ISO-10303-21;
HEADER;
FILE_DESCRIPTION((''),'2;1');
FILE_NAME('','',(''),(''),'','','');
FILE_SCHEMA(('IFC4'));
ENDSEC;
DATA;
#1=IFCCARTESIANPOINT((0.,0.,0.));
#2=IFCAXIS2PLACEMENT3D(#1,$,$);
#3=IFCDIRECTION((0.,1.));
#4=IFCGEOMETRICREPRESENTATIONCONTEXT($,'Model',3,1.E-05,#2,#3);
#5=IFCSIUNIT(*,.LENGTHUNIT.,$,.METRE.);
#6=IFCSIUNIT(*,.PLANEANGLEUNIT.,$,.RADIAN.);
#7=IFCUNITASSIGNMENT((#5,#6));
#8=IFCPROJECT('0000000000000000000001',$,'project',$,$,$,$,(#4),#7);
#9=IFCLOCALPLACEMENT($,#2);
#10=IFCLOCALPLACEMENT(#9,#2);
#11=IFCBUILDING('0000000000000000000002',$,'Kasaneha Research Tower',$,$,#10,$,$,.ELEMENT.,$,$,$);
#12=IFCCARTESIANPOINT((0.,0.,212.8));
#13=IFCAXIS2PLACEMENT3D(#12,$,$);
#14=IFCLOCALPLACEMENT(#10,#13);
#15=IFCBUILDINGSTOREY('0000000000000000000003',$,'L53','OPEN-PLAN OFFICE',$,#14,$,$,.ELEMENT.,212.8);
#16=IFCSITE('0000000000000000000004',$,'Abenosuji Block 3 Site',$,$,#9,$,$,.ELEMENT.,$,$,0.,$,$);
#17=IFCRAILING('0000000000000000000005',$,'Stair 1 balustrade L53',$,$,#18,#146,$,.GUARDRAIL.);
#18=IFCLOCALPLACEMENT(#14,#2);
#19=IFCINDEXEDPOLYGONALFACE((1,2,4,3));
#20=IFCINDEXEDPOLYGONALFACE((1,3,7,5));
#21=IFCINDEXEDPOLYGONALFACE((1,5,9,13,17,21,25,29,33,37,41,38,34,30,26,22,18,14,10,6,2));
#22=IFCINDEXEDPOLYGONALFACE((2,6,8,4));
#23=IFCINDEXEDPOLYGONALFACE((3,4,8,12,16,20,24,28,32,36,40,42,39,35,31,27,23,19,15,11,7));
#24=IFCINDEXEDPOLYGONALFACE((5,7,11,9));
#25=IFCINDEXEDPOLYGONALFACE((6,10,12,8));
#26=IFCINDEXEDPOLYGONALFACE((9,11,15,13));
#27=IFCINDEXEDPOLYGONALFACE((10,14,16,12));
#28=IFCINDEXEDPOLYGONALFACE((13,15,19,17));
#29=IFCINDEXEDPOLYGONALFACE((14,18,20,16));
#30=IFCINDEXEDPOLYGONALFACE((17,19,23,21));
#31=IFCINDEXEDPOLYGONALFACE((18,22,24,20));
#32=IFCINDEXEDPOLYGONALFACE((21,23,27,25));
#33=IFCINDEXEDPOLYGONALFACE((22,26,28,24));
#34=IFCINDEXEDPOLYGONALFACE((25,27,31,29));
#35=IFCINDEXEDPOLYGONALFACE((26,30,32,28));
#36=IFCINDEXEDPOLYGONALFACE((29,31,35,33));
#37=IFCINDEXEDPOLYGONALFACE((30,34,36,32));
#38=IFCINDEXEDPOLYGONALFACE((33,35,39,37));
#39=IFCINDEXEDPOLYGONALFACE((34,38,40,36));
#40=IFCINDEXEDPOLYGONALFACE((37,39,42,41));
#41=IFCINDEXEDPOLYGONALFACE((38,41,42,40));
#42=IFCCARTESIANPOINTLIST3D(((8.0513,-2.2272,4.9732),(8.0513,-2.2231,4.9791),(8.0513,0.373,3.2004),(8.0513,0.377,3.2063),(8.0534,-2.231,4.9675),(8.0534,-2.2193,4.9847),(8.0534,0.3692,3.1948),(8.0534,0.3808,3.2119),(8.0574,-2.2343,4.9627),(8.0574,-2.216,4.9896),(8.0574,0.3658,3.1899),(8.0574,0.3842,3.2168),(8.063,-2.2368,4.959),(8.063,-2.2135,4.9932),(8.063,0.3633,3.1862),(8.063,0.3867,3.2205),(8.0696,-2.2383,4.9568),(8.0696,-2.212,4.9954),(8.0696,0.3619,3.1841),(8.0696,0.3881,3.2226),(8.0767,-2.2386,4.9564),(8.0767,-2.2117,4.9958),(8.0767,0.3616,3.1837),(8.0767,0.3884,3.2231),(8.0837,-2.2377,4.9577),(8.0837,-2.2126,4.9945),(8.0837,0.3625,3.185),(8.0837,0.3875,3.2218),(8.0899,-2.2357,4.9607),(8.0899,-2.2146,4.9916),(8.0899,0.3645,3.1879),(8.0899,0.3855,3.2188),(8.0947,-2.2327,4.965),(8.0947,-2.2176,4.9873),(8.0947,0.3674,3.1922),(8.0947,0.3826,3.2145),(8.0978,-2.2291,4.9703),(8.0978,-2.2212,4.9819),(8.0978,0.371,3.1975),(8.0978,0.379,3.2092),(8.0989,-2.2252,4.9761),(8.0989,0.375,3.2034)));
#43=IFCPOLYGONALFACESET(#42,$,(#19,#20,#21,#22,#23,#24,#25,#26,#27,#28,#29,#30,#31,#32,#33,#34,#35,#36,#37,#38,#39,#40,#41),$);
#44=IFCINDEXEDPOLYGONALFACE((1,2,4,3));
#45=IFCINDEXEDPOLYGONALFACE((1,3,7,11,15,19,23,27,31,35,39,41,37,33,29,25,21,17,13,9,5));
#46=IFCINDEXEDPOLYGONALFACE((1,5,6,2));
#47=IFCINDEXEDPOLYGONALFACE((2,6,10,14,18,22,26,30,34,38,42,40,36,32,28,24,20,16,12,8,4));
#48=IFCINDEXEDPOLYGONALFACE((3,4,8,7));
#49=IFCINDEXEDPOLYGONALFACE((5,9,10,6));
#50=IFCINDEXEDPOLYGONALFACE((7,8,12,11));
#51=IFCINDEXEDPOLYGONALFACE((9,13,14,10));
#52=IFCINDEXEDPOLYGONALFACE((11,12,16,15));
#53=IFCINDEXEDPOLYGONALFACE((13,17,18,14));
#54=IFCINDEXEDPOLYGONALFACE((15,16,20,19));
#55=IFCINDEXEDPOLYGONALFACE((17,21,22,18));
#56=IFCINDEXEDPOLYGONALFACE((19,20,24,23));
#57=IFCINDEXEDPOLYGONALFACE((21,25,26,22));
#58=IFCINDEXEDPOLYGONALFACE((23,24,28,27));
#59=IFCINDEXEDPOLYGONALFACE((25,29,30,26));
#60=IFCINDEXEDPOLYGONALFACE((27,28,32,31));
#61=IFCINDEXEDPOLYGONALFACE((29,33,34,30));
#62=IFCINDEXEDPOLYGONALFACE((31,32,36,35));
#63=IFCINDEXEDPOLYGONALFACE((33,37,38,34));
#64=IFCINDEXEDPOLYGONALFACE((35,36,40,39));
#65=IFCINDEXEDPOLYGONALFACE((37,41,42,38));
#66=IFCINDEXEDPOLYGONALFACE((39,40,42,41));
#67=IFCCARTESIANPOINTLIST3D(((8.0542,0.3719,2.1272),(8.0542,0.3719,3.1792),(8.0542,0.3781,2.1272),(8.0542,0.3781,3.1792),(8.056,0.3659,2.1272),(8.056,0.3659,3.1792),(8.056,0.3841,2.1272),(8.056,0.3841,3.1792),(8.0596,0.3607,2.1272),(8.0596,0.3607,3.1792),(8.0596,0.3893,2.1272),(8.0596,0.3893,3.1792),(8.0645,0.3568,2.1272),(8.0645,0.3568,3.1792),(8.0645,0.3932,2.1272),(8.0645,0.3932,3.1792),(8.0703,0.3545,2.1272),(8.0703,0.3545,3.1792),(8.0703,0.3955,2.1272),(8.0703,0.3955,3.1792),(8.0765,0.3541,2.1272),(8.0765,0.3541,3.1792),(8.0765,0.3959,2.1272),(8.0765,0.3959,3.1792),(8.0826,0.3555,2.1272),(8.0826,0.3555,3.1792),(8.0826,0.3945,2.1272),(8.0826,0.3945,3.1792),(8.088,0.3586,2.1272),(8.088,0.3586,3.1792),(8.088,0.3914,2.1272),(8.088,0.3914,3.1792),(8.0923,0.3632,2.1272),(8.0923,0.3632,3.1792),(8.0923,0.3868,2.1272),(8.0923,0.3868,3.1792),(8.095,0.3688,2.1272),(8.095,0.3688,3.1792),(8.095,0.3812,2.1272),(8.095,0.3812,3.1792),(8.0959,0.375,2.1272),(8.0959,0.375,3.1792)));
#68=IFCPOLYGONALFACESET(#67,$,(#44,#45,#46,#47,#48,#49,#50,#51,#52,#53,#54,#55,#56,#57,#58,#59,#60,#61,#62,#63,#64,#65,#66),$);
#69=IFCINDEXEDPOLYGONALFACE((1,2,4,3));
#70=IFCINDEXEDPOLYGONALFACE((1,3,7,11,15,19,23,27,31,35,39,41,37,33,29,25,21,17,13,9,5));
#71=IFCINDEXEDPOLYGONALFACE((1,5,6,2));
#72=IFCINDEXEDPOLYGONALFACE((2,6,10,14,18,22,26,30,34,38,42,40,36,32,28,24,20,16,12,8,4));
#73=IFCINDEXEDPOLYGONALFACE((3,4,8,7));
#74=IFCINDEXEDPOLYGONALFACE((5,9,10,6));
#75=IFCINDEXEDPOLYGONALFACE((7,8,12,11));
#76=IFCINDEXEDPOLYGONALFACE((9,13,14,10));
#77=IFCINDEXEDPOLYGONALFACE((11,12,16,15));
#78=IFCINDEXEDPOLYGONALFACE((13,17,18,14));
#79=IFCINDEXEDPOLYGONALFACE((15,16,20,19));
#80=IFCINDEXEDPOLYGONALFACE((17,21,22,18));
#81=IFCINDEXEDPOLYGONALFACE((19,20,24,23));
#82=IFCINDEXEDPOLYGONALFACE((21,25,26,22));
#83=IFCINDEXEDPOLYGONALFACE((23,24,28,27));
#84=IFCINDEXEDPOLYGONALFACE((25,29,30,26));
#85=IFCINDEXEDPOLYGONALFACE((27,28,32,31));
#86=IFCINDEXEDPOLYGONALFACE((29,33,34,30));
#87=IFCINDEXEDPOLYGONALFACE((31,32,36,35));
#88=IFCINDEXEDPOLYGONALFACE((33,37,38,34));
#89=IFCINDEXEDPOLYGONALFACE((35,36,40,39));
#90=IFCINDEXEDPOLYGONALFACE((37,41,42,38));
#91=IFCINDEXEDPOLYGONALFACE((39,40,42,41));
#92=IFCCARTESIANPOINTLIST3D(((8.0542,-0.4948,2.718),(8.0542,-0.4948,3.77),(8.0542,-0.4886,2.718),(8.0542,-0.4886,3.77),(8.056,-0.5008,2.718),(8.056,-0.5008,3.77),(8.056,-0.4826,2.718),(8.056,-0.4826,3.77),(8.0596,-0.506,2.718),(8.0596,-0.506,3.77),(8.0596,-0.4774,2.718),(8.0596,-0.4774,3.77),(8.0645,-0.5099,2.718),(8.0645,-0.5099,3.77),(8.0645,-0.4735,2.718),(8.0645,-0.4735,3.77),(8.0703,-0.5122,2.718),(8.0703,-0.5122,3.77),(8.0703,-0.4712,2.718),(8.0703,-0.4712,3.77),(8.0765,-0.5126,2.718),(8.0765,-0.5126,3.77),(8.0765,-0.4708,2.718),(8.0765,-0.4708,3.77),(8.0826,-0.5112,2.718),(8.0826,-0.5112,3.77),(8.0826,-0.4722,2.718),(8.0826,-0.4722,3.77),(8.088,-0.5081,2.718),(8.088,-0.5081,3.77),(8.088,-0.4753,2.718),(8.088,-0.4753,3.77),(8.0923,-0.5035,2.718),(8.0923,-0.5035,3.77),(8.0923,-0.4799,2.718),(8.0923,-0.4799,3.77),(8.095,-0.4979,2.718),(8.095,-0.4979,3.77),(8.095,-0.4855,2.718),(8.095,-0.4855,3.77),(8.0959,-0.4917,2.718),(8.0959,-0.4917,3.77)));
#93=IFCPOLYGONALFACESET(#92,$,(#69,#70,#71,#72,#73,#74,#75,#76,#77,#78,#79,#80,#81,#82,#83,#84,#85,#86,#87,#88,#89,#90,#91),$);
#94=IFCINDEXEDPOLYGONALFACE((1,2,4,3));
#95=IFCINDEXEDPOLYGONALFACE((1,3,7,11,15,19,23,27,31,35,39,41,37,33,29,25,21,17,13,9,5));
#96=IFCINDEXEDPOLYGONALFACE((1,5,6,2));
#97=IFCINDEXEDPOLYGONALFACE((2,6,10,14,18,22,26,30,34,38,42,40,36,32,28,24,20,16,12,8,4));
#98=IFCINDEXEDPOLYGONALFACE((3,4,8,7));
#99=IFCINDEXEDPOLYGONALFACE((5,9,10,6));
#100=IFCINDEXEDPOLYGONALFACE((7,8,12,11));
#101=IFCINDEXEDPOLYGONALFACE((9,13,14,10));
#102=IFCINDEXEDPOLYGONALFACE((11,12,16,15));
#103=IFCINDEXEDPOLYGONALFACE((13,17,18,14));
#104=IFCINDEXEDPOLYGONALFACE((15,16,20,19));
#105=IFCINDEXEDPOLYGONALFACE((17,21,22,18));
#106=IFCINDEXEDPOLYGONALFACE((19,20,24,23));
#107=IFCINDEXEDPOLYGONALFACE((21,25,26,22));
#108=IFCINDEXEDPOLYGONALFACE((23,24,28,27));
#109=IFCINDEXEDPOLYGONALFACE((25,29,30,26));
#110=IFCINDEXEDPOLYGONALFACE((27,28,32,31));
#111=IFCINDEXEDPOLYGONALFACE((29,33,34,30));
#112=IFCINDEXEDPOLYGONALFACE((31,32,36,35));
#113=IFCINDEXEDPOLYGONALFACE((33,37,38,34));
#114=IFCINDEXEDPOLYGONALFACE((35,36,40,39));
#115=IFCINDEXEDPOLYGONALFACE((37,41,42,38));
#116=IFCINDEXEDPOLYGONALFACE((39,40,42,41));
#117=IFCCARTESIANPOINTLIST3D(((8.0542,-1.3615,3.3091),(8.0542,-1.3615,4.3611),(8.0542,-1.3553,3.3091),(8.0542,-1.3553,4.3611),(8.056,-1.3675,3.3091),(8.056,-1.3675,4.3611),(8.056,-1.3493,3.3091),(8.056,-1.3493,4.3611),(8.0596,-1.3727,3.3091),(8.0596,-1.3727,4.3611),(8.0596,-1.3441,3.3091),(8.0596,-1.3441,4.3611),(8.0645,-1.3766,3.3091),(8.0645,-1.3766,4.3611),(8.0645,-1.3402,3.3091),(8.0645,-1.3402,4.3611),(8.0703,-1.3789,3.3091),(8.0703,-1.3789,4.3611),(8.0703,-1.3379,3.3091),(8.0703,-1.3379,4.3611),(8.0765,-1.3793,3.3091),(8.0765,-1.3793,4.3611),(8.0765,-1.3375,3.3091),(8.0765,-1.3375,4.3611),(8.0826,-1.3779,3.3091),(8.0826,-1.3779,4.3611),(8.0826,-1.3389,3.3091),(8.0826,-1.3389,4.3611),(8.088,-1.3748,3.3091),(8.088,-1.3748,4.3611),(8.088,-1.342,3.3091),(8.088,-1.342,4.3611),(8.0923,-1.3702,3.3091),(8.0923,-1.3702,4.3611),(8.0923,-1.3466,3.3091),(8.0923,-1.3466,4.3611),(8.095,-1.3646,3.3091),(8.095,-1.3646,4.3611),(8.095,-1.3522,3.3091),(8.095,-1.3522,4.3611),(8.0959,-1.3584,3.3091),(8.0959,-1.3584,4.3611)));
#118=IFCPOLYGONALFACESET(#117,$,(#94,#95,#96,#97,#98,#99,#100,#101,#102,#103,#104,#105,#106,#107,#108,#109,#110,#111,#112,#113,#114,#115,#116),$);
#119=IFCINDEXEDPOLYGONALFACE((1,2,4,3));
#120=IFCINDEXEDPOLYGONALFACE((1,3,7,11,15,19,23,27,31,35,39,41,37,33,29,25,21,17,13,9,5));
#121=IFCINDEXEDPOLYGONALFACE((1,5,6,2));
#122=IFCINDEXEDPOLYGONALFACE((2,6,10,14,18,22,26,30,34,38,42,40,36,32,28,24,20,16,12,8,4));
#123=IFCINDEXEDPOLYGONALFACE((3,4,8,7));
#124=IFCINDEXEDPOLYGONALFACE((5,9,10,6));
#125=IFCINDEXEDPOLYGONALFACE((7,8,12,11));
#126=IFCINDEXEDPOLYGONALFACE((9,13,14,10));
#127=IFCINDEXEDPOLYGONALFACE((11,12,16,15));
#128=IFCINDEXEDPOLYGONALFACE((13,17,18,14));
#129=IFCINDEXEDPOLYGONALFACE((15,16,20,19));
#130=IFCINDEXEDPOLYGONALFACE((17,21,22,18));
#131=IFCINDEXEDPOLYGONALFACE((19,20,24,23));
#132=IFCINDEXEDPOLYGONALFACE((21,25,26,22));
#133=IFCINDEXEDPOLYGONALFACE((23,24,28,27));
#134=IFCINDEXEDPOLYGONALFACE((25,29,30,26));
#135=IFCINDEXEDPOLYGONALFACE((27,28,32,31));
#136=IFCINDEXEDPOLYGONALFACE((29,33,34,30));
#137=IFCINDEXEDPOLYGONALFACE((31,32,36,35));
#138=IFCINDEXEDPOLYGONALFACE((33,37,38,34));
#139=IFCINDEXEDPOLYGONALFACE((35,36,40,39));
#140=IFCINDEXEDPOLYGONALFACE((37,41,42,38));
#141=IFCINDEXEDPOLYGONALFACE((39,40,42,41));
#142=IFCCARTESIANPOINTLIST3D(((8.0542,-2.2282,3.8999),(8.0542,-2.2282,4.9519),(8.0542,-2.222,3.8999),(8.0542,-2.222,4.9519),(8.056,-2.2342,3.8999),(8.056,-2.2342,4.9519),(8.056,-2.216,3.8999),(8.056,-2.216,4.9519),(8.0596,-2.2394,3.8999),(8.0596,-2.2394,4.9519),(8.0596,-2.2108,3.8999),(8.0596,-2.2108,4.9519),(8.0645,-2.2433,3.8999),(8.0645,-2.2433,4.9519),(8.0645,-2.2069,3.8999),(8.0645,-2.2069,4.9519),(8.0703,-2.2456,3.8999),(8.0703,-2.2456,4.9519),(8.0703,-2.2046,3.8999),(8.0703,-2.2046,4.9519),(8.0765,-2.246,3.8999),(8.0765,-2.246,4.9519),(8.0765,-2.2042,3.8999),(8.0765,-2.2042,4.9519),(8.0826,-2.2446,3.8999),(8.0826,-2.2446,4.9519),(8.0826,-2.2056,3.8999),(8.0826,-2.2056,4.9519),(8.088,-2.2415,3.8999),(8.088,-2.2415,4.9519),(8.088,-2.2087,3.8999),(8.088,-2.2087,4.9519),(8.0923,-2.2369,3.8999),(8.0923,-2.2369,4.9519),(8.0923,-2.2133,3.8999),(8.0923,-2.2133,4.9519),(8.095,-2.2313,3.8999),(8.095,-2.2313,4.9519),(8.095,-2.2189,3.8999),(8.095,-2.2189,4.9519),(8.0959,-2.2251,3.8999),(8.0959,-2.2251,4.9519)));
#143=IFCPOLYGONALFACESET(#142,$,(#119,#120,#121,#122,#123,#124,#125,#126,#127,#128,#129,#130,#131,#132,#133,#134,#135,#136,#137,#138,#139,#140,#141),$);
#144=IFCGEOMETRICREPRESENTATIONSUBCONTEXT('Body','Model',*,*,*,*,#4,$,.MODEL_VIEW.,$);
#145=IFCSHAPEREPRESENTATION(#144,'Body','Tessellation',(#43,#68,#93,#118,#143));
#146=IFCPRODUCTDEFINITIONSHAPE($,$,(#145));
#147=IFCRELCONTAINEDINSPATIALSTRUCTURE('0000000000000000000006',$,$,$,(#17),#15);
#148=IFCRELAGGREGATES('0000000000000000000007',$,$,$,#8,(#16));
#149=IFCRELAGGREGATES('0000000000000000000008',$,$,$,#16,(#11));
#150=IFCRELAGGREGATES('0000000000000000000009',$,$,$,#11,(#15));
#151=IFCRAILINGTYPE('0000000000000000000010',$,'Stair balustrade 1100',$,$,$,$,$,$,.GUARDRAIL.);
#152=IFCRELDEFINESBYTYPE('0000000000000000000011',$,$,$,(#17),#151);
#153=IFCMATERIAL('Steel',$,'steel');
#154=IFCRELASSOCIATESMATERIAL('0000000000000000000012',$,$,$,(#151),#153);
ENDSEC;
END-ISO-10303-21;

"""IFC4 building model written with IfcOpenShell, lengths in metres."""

from ifc_helpers import new_model, si_unit, direction, frame, origin, origin_2d, place, context, subcontext, project, spatial, circle, extrude, material, type_object, element, save


model = new_model("IFC4")

# Units and contexts
model_context = context("Model", 3, precision=1e-05, world=origin(), true_north=direction((0.0, 1.0)))
body_context = subcontext(model_context, "Body", "Model", "MODEL_VIEW")
ifc_project = project(units=[si_unit("LENGTHUNIT", "METRE"), si_unit("PLANEANGLEUNIT", "RADIAN")], contexts=[model_context])

# Site, building, storey
site_placement = place(None, origin())
site = spatial("IfcSite", under=ifc_project, at=site_placement, Name="Abenosuji Block 3 Site", CompositionType="ELEMENT", RefElevation=0.0)
building_placement = place(site_placement, origin())
building = spatial("IfcBuilding", under=site, at=building_placement, Name="Kasaneha Research Tower", CompositionType="ELEMENT")
storey_placement = place(building_placement, frame((0.0, 0.0, 212.8)))
storey = spatial("IfcBuildingStorey", under=building, at=storey_placement, Name="L53", Description="OPEN-PLAN OFFICE", CompositionType="ELEMENT", Elevation=212.8)

# Railing
ifc_material_1 = material(Name="Steel", Category="steel")
railing_type_1 = type_object("IfcRailingType", Name="Stair balustrade 1100", PredefinedType="GUARDRAIL", material=ifc_material_1)
railing_1_placement = place(storey_placement, frame((8.075, 0.375, 2.1272)))
element("IfcRailing", 1, at=railing_1_placement, inside=storey, type_object=railing_type_1, Name="Stair 1 balustrade L53", PredefinedType="GUARDRAIL", context=body_context, shape_type="SweptSolid", body=[
    extrude(circle(Radius=0.0239, at=origin_2d()), frame((0.0, 0.0, 1.0762), z_axis=(0.0, -0.82624, 0.563318), x_axis=(1.0, 0.0, 0.0)), (0.0, 0.0, 1.0), 3.147),
    extrude(circle(Radius=0.021, at=origin_2d()), origin(), (0.0, 0.0, 1.0), 1.052),
    extrude(circle(Radius=0.021, at=origin_2d()), frame((0.0, -0.8667, 0.5908)), (0.0, 0.0, 1.0), 1.052),
    extrude(circle(Radius=0.021, at=origin_2d()), frame((0.0, -1.7334, 1.1819)), (0.0, 0.0, 1.0), 1.052),
    extrude(circle(Radius=0.021, at=origin_2d()), frame((0.0, -2.6001, 1.7727)), (0.0, 0.0, 1.0), 1.052),
])

save(model, "model.ifc")
